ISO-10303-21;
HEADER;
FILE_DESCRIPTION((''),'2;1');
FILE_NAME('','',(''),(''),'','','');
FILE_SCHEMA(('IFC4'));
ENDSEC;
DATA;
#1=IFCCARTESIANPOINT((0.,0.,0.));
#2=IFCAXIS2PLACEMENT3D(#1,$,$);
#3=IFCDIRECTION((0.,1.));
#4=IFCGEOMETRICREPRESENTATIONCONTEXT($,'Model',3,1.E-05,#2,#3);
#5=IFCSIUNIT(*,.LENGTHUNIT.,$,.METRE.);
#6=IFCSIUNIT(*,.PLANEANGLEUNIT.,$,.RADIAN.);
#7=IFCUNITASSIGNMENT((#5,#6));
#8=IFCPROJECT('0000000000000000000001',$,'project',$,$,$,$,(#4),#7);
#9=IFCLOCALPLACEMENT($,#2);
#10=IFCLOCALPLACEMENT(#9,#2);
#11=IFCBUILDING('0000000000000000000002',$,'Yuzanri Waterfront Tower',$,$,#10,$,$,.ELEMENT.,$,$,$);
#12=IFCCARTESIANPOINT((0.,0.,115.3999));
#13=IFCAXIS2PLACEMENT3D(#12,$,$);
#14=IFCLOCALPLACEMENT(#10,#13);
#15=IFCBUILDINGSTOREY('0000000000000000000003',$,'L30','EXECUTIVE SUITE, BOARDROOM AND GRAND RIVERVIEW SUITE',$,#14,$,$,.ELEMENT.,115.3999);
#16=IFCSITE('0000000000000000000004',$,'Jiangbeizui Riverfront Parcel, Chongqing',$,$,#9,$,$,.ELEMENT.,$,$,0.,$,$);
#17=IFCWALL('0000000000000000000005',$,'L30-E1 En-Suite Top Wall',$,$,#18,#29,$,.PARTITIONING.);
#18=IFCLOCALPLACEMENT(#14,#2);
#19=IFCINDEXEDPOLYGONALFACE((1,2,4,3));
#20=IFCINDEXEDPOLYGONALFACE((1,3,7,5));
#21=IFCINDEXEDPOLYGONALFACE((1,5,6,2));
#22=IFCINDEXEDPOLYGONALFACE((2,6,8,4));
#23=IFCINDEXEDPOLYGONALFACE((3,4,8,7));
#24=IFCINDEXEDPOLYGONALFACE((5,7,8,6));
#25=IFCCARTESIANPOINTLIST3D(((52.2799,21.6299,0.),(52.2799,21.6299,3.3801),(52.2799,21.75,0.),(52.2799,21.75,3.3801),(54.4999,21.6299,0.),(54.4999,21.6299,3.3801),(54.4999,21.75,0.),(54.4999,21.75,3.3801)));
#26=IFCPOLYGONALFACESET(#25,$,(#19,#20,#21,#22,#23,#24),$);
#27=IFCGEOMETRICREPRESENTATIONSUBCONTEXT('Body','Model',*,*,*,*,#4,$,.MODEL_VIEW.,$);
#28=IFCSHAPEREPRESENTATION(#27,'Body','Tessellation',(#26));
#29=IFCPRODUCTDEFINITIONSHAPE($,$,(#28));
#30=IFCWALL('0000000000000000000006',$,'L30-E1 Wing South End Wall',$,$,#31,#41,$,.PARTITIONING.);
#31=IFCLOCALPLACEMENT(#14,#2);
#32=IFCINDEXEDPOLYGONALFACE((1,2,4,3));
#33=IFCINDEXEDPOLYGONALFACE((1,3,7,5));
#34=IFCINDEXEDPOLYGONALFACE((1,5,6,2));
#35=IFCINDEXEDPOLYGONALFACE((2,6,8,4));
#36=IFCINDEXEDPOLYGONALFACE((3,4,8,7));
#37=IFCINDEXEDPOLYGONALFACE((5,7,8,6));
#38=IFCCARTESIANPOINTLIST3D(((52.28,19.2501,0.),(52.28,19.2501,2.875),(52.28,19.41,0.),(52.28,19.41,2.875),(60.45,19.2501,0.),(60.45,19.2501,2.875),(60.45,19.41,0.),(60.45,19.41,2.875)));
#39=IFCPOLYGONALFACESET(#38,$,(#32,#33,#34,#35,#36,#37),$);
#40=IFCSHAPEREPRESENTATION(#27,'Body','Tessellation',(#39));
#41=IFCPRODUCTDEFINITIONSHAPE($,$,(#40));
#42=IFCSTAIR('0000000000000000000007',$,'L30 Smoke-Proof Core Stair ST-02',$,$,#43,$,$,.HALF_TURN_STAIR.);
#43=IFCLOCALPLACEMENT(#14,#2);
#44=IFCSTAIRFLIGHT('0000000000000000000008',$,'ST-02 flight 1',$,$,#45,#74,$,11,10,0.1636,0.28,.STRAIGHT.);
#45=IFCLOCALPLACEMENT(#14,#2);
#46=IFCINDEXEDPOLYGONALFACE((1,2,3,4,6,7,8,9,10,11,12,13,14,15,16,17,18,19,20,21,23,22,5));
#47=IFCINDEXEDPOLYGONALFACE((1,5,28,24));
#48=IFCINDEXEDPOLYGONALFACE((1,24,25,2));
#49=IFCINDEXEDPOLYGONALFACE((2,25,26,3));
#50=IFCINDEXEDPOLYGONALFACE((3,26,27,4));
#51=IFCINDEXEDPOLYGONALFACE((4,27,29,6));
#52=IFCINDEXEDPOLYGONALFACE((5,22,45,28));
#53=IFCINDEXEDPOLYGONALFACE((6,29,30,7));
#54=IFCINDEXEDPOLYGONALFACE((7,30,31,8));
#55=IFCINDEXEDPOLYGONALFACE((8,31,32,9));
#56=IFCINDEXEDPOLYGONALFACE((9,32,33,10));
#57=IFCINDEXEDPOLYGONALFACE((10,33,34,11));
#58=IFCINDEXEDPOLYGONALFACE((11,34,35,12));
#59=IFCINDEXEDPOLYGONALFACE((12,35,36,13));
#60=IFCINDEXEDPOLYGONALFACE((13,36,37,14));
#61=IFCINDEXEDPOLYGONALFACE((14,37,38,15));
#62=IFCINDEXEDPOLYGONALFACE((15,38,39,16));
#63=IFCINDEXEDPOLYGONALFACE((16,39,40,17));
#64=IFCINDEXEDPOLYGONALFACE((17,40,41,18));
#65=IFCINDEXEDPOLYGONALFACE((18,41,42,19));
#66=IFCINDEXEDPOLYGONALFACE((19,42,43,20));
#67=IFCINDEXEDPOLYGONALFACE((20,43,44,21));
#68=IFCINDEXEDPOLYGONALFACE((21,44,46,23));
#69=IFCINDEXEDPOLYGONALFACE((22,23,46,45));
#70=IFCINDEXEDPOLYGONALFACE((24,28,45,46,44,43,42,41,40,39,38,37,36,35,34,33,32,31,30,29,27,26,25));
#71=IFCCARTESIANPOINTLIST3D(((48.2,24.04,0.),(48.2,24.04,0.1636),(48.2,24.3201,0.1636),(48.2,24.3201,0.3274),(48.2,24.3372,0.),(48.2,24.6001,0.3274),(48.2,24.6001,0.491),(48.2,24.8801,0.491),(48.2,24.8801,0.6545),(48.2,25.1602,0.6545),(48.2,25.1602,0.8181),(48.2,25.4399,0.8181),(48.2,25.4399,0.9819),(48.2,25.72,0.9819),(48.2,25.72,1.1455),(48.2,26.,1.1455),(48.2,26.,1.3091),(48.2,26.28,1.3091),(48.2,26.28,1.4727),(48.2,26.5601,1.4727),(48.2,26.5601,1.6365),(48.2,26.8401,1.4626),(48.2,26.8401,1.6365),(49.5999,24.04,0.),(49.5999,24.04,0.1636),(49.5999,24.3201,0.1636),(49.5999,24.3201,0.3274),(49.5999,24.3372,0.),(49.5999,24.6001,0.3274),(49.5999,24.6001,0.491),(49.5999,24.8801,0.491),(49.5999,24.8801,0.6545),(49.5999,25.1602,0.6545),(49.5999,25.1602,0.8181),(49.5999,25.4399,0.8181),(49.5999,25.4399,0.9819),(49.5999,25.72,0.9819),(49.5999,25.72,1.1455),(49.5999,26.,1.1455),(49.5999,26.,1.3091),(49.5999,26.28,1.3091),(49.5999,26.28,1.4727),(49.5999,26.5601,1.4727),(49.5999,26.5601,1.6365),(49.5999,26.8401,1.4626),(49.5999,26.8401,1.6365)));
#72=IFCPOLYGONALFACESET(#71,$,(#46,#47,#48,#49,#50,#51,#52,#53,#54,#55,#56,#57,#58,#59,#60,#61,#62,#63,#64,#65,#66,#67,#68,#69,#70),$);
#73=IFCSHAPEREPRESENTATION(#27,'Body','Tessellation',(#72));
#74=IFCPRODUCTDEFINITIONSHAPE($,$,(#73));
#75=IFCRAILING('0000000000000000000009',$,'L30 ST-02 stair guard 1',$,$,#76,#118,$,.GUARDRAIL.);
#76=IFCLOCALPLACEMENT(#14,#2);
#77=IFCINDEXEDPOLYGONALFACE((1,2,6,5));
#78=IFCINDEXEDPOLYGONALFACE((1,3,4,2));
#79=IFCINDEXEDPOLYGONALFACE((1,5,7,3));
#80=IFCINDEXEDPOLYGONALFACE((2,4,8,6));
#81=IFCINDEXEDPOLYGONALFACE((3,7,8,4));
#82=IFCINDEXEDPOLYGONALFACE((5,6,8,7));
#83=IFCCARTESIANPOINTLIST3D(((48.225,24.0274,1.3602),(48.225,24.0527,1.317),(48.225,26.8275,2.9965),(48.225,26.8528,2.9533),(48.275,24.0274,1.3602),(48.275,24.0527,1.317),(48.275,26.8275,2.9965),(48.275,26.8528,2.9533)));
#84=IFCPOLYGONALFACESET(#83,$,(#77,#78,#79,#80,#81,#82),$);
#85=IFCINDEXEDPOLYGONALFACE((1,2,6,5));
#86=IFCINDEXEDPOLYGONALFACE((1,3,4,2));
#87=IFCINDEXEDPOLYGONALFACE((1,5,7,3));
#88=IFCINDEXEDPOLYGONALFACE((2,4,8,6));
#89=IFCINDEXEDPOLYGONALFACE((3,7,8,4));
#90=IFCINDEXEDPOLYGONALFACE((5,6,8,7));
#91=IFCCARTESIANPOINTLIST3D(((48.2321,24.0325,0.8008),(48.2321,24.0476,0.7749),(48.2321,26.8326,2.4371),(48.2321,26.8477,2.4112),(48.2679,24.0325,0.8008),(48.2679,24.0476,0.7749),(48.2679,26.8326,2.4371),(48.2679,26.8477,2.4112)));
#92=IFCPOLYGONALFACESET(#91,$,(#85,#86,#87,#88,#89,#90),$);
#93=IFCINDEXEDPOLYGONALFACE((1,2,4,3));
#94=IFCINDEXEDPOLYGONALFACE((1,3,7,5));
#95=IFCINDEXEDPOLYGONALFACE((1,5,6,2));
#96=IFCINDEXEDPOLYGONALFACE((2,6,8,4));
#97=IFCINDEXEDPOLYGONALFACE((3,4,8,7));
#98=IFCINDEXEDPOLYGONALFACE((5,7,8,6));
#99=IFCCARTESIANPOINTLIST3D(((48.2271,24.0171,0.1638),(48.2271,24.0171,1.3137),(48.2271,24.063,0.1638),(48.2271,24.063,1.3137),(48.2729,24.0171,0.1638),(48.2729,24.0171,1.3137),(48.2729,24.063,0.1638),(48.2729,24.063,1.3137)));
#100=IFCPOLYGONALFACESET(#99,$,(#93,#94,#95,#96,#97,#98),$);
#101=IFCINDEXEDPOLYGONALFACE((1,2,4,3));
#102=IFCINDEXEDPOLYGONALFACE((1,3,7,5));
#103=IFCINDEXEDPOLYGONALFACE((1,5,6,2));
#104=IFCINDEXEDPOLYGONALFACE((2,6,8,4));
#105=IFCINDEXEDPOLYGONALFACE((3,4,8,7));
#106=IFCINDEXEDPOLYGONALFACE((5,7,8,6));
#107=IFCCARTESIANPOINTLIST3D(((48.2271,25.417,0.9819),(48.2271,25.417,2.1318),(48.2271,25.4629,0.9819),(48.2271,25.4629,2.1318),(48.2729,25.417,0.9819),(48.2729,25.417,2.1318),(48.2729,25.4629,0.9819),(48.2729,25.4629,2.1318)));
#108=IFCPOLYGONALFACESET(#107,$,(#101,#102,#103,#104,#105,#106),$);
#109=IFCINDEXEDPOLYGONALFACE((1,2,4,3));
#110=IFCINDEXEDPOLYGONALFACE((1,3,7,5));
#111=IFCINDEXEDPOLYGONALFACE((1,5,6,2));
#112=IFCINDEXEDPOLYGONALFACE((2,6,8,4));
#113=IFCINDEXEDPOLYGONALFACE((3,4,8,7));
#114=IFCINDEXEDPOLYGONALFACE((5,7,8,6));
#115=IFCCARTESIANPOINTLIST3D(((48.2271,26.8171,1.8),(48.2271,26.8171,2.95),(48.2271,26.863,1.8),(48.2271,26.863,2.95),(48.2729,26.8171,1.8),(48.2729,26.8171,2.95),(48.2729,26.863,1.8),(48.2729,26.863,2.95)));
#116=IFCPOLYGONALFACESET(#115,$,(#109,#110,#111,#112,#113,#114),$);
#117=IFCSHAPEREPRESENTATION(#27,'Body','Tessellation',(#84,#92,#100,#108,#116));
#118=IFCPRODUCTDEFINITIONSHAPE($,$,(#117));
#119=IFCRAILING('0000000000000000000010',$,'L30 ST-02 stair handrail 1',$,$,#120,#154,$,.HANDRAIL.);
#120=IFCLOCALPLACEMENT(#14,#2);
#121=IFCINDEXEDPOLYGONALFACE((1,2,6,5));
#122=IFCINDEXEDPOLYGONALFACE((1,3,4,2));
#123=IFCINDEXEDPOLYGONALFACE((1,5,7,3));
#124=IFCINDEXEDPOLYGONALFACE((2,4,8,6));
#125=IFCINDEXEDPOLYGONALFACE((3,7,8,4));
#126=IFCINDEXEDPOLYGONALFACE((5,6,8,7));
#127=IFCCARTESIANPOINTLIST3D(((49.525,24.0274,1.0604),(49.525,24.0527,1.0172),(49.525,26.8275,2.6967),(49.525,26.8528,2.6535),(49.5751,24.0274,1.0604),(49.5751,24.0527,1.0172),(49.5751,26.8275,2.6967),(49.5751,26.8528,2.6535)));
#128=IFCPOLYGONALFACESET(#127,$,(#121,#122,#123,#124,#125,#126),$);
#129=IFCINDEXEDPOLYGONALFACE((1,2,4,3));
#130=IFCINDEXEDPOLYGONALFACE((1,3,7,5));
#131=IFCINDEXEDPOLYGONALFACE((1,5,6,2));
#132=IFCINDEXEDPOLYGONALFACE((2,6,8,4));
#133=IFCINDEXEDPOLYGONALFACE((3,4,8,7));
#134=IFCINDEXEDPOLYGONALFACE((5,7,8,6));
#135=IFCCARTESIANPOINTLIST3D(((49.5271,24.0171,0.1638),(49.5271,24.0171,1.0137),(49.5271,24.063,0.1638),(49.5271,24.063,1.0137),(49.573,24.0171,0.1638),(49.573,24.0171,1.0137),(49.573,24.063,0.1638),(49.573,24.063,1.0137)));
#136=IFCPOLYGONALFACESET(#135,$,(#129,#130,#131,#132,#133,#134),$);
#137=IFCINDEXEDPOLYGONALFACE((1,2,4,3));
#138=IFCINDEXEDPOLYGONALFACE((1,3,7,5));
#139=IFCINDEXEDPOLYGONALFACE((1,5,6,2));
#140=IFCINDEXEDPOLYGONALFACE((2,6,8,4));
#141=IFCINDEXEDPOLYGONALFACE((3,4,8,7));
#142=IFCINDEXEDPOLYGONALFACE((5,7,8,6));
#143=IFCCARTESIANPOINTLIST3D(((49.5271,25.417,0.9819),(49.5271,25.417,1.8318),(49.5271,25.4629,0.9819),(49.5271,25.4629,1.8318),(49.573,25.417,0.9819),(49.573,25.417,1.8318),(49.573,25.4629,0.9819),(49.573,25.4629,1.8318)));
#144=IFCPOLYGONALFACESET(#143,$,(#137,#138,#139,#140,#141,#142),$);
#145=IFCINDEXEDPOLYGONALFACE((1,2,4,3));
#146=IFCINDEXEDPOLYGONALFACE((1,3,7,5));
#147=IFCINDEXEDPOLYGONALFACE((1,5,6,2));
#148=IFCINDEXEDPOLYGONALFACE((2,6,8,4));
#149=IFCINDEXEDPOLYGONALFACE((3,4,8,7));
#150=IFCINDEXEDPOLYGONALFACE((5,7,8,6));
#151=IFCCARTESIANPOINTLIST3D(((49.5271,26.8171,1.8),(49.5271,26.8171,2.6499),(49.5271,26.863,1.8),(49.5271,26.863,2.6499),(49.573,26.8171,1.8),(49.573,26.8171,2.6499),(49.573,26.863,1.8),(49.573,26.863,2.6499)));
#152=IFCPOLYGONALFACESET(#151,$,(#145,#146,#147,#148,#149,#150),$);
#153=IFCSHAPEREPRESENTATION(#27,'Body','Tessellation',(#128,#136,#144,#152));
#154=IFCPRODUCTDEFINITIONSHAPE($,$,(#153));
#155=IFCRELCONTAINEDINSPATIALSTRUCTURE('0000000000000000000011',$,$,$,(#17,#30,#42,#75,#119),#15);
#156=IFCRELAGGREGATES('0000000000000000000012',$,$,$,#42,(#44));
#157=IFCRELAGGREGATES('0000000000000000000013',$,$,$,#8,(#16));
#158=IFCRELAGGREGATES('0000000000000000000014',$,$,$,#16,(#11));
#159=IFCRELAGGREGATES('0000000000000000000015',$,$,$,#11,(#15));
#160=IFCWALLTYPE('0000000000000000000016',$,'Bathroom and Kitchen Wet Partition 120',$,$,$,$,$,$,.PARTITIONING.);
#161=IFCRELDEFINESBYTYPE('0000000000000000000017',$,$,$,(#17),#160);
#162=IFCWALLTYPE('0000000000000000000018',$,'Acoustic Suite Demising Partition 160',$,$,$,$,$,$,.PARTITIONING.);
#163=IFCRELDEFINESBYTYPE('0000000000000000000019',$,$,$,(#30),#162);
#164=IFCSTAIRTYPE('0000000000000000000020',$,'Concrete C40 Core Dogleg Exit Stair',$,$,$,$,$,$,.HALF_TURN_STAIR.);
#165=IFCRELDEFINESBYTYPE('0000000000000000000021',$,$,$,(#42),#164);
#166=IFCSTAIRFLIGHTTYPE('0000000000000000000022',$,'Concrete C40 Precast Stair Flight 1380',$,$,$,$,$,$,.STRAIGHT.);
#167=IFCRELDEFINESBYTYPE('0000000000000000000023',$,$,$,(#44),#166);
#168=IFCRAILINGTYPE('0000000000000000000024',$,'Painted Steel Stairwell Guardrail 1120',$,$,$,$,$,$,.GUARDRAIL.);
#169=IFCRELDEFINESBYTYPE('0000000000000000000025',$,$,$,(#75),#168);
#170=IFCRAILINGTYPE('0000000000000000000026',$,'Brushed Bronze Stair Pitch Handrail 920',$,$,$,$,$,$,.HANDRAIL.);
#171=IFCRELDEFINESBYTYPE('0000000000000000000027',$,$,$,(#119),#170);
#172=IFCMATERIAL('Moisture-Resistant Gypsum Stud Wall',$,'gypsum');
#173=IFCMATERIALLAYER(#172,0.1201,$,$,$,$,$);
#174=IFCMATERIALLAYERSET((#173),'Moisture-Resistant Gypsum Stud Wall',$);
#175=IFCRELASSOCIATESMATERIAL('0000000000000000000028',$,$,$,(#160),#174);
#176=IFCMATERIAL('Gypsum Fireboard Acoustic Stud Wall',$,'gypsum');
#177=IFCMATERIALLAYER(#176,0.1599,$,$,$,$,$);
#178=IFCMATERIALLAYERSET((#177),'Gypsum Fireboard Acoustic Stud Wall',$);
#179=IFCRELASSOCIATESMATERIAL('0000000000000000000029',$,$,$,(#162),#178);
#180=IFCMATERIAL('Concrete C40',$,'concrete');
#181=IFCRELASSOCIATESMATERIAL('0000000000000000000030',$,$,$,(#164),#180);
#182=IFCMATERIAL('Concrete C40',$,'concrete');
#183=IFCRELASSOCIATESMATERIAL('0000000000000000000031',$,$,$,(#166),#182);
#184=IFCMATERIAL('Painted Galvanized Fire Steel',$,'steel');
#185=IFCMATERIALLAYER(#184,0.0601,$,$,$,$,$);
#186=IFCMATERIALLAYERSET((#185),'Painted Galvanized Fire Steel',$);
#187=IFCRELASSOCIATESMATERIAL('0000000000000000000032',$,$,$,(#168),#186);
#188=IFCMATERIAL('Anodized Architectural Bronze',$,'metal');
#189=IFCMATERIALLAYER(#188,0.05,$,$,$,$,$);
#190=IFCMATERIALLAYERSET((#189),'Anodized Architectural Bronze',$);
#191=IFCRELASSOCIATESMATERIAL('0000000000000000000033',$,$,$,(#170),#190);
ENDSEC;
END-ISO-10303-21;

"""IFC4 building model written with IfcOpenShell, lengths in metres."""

from ifc_helpers import new_model, si_unit, direction, frame, frame_2d, origin, origin_2d, place, context, subcontext, project, spatial, polyline, rectangle, outline, extrude, source, transform, mapped, material, layer, layer_set, type_object, element, aggregate, save


model = new_model("IFC4")

# Units and contexts
model_context = context("Model", 3, precision=1e-05, world=origin(), true_north=direction((0.0, 1.0)))
body_context = subcontext(model_context, "Body", "Model", "MODEL_VIEW")
ifc_project = project(units=[si_unit("LENGTHUNIT", "METRE"), si_unit("PLANEANGLEUNIT", "RADIAN")], contexts=[model_context])

# Site, building, storey
site_placement = place(None, origin())
site = spatial("IfcSite", under=ifc_project, at=site_placement, Name="Jiangbeizui Riverfront Parcel, Chongqing", CompositionType="ELEMENT", RefElevation=0.0)
building_placement = place(site_placement, origin())
building = spatial("IfcBuilding", under=site, at=building_placement, Name="Yuzanri Waterfront Tower", CompositionType="ELEMENT")
storey_placement = place(building_placement, frame((0.0, 0.0, 115.3999)))
storey = spatial("IfcBuildingStorey", under=building, at=storey_placement, Name="L30", Description="EXECUTIVE SUITE, BOARDROOM AND GRAND RIVERVIEW SUITE", CompositionType="ELEMENT", Elevation=115.3999)

# Shared definitions
ifc_material_1 = material(Name="Moisture-Resistant Gypsum Stud Wall", Category="gypsum")
ifc_layer_1 = layer(ifc_material_1, 0.1201)
ifc_layer_set_1 = layer_set([ifc_layer_1], Name="Moisture-Resistant Gypsum Stud Wall")
wall_type_1 = type_object("IfcWallType", Name="Bathroom and Kitchen Wet Partition 120", PredefinedType="PARTITIONING", material=ifc_layer_set_1)

# Walls
shared_shape_1 = source(origin(), body_context, "Body", "SweptSolid", [
    extrude(rectangle(XDim=2.22, YDim=0.1201, at=frame_2d((1.1099, 0.0))), origin(), (0.0, 0.0, 1.0), 3.3801),
])
wall_1_placement = place(storey_placement, frame((52.28, 21.6899, 0.0), z_axis=(0.0, 0.0, 1.0), x_axis=(1.0, 0.0, 0.0)))
element("IfcWall", 1, at=wall_1_placement, inside=storey, type_object=wall_type_1, Name="L30-E1 En-Suite Top Wall", PredefinedType="PARTITIONING", context=body_context, shape_type="MappedRepresentation", body=[
    mapped(shared_shape_1, transform((0.0, 0.0, 0.0), scale=1.0)),
])
ifc_material_2 = material(Name="Gypsum Fireboard Acoustic Stud Wall", Category="gypsum")
ifc_layer_2 = layer(ifc_material_2, 0.1599)
ifc_layer_set_2 = layer_set([ifc_layer_2], Name="Gypsum Fireboard Acoustic Stud Wall")
wall_type_2 = type_object("IfcWallType", Name="Acoustic Suite Demising Partition 160", PredefinedType="PARTITIONING", material=ifc_layer_set_2)
shared_shape_2 = source(origin(), body_context, "Body", "SweptSolid", [
    extrude(rectangle(XDim=8.1699, YDim=0.1599, at=frame_2d((4.085, 0.0))), origin(), (0.0, 0.0, 1.0), 2.875),
])
wall_2_placement = place(storey_placement, frame((52.28, 19.3301, 0.0), z_axis=(0.0, 0.0, 1.0), x_axis=(1.0, 0.0, 0.0)))
element("IfcWall", 2, at=wall_2_placement, inside=storey, type_object=wall_type_2, Name="L30-E1 Wing South End Wall", PredefinedType="PARTITIONING", context=body_context, shape_type="MappedRepresentation", body=[
    mapped(shared_shape_2, transform((0.0, 0.0, 0.0), scale=1.0)),
])

# Stair, stair flight
ifc_material_3 = material(Name="Concrete C40", Category="concrete")
stair_type = type_object("IfcStairType", Name="Concrete C40 Core Dogleg Exit Stair", PredefinedType="HALF_TURN_STAIR", material=ifc_material_3)
stair_placement = place(storey_placement, origin())
stair = element("IfcStair", 3, at=stair_placement, inside=storey, type_object=stair_type, Name="L30 Smoke-Proof Core Stair ST-02", PredefinedType="HALF_TURN_STAIR")
ifc_material_4 = material(Name="Concrete C40", Category="concrete")
stair_flight_type = type_object("IfcStairFlightType", Name="Concrete C40 Precast Stair Flight 1380", PredefinedType="STRAIGHT", material=ifc_material_4)
shared_shape_3 = source(origin(), body_context, "Body", "SweptSolid", [
    extrude(outline(polyline([(0.0, 0.0), (0.0, 0.1636), (0.28, 0.1636), (0.28, 0.3274), (0.5601, 0.3274), (0.5601, 0.491), (0.8401, 0.491), (0.8401, 0.6545), (1.1201, 0.6545), (1.1201, 0.8181), (1.3999, 0.8181), (1.3999, 0.9819), (1.6799, 0.9819), (1.6799, 1.1455), (1.96, 1.1455), (1.96, 1.3091), (2.24, 1.3091), (2.24, 1.4727), (2.52, 1.4727), (2.52, 1.6365), (2.8, 1.6365), (2.8, 1.8), (2.8, 1.4626), (0.2971, 0.0), (0.0, 0.0)])), frame((0.0, 0.7, 0.0), z_axis=(0.0, -1.0, 0.0), x_axis=(1.0, 0.0, 0.0)), (0.0, 0.0, 1.0), 1.3999),
])
stair_flight_placement = place(storey_placement, frame((48.8999, 24.04, 0.0), z_axis=(0.0, 0.0, 1.0), x_axis=(0.0, 1.0, 0.0)))
stair_flight = element("IfcStairFlight", 4, at=stair_flight_placement, type_object=stair_flight_type, Name="ST-02 flight 1", NumberOfRisers=11, NumberOfTreads=10, PredefinedType="STRAIGHT", RiserHeight=0.1636, TreadLength=0.28, context=body_context, shape_type="MappedRepresentation", body=[
    mapped(shared_shape_3, transform((0.0, 0.0, 0.0), scale=1.0)),
])
aggregate(stair, [stair_flight])

# Railings
ifc_material_5 = material(Name="Painted Galvanized Fire Steel", Category="steel")
ifc_layer_3 = layer(ifc_material_5, 0.0601)
ifc_layer_set_3 = layer_set([ifc_layer_3], Name="Painted Galvanized Fire Steel")
railing_type_1 = type_object("IfcRailingType", Name="Painted Steel Stairwell Guardrail 1120", PredefinedType="GUARDRAIL", material=ifc_layer_set_3)
shared_shape_4 = source(origin(), body_context, "Body", "SweptSolid", [
    extrude(rectangle(XDim=0.05, YDim=0.05, at=origin_2d()), frame((0.0, 0.0, 1.1748), z_axis=(0.0, 0.863394, 0.504531), x_axis=(-1.0, 0.0, 0.0)), (0.0, 0.0, 1.0), 3.2432),
    extrude(rectangle(XDim=0.0359, YDim=0.03, at=origin_2d()), frame((0.0, 0.0, 0.624), z_axis=(0.0, 0.863394, 0.504531), x_axis=(-1.0, 0.0, 0.0)), (0.0, 0.0, 1.0), 3.2432),
    extrude(rectangle(XDim=0.0459, YDim=0.0459, at=origin_2d()), origin(), (0.0, 0.0, 1.0), 1.1499),
    extrude(rectangle(XDim=0.0459, YDim=0.0459, at=origin_2d()), frame((0.0, 1.3999, 0.8181)), (0.0, 0.0, 1.0), 1.1499),
    extrude(rectangle(XDim=0.0459, YDim=0.0459, at=origin_2d()), frame((0.0, 2.8, 1.6362)), (0.0, 0.0, 1.0), 1.1499),
])
railing_1_placement = place(storey_placement, frame((48.25, 24.04, 0.1638)))
element("IfcRailing", 5, at=railing_1_placement, inside=storey, type_object=railing_type_1, Name="L30 ST-02 stair guard 1", PredefinedType="GUARDRAIL", context=body_context, shape_type="MappedRepresentation", body=[
    mapped(shared_shape_4, transform((0.0, 0.0, 0.0), scale=1.0)),
])
ifc_material_6 = material(Name="Anodized Architectural Bronze", Category="metal")
ifc_layer_4 = layer(ifc_material_6, 0.05)
ifc_layer_set_4 = layer_set([ifc_layer_4], Name="Anodized Architectural Bronze")
railing_type_2 = type_object("IfcRailingType", Name="Brushed Bronze Stair Pitch Handrail 920", PredefinedType="HANDRAIL", material=ifc_layer_set_4)
shared_shape_5 = source(origin(), body_context, "Body", "SweptSolid", [
    extrude(rectangle(XDim=0.05, YDim=0.05, at=origin_2d()), frame((0.0, 0.0, 0.875), z_axis=(0.0, 0.863394, 0.504531), x_axis=(-1.0, 0.0, 0.0)), (0.0, 0.0, 1.0), 3.2432),
    extrude(rectangle(XDim=0.0459, YDim=0.0459, at=origin_2d()), origin(), (0.0, 0.0, 1.0), 0.8499),
    extrude(rectangle(XDim=0.0459, YDim=0.0459, at=origin_2d()), frame((0.0, 1.3999, 0.8181)), (0.0, 0.0, 1.0), 0.8499),
    extrude(rectangle(XDim=0.0459, YDim=0.0459, at=origin_2d()), frame((0.0, 2.8, 1.6362)), (0.0, 0.0, 1.0), 0.8499),
])
railing_2_placement = place(storey_placement, frame((49.55, 24.04, 0.1638)))
element("IfcRailing", 6, at=railing_2_placement, inside=storey, type_object=railing_type_2, Name="L30 ST-02 stair handrail 1", PredefinedType="HANDRAIL", context=body_context, shape_type="MappedRepresentation", body=[
    mapped(shared_shape_5, transform((0.0, 0.0, 0.0), scale=1.0)),
])

save(model, "model.ifc")
